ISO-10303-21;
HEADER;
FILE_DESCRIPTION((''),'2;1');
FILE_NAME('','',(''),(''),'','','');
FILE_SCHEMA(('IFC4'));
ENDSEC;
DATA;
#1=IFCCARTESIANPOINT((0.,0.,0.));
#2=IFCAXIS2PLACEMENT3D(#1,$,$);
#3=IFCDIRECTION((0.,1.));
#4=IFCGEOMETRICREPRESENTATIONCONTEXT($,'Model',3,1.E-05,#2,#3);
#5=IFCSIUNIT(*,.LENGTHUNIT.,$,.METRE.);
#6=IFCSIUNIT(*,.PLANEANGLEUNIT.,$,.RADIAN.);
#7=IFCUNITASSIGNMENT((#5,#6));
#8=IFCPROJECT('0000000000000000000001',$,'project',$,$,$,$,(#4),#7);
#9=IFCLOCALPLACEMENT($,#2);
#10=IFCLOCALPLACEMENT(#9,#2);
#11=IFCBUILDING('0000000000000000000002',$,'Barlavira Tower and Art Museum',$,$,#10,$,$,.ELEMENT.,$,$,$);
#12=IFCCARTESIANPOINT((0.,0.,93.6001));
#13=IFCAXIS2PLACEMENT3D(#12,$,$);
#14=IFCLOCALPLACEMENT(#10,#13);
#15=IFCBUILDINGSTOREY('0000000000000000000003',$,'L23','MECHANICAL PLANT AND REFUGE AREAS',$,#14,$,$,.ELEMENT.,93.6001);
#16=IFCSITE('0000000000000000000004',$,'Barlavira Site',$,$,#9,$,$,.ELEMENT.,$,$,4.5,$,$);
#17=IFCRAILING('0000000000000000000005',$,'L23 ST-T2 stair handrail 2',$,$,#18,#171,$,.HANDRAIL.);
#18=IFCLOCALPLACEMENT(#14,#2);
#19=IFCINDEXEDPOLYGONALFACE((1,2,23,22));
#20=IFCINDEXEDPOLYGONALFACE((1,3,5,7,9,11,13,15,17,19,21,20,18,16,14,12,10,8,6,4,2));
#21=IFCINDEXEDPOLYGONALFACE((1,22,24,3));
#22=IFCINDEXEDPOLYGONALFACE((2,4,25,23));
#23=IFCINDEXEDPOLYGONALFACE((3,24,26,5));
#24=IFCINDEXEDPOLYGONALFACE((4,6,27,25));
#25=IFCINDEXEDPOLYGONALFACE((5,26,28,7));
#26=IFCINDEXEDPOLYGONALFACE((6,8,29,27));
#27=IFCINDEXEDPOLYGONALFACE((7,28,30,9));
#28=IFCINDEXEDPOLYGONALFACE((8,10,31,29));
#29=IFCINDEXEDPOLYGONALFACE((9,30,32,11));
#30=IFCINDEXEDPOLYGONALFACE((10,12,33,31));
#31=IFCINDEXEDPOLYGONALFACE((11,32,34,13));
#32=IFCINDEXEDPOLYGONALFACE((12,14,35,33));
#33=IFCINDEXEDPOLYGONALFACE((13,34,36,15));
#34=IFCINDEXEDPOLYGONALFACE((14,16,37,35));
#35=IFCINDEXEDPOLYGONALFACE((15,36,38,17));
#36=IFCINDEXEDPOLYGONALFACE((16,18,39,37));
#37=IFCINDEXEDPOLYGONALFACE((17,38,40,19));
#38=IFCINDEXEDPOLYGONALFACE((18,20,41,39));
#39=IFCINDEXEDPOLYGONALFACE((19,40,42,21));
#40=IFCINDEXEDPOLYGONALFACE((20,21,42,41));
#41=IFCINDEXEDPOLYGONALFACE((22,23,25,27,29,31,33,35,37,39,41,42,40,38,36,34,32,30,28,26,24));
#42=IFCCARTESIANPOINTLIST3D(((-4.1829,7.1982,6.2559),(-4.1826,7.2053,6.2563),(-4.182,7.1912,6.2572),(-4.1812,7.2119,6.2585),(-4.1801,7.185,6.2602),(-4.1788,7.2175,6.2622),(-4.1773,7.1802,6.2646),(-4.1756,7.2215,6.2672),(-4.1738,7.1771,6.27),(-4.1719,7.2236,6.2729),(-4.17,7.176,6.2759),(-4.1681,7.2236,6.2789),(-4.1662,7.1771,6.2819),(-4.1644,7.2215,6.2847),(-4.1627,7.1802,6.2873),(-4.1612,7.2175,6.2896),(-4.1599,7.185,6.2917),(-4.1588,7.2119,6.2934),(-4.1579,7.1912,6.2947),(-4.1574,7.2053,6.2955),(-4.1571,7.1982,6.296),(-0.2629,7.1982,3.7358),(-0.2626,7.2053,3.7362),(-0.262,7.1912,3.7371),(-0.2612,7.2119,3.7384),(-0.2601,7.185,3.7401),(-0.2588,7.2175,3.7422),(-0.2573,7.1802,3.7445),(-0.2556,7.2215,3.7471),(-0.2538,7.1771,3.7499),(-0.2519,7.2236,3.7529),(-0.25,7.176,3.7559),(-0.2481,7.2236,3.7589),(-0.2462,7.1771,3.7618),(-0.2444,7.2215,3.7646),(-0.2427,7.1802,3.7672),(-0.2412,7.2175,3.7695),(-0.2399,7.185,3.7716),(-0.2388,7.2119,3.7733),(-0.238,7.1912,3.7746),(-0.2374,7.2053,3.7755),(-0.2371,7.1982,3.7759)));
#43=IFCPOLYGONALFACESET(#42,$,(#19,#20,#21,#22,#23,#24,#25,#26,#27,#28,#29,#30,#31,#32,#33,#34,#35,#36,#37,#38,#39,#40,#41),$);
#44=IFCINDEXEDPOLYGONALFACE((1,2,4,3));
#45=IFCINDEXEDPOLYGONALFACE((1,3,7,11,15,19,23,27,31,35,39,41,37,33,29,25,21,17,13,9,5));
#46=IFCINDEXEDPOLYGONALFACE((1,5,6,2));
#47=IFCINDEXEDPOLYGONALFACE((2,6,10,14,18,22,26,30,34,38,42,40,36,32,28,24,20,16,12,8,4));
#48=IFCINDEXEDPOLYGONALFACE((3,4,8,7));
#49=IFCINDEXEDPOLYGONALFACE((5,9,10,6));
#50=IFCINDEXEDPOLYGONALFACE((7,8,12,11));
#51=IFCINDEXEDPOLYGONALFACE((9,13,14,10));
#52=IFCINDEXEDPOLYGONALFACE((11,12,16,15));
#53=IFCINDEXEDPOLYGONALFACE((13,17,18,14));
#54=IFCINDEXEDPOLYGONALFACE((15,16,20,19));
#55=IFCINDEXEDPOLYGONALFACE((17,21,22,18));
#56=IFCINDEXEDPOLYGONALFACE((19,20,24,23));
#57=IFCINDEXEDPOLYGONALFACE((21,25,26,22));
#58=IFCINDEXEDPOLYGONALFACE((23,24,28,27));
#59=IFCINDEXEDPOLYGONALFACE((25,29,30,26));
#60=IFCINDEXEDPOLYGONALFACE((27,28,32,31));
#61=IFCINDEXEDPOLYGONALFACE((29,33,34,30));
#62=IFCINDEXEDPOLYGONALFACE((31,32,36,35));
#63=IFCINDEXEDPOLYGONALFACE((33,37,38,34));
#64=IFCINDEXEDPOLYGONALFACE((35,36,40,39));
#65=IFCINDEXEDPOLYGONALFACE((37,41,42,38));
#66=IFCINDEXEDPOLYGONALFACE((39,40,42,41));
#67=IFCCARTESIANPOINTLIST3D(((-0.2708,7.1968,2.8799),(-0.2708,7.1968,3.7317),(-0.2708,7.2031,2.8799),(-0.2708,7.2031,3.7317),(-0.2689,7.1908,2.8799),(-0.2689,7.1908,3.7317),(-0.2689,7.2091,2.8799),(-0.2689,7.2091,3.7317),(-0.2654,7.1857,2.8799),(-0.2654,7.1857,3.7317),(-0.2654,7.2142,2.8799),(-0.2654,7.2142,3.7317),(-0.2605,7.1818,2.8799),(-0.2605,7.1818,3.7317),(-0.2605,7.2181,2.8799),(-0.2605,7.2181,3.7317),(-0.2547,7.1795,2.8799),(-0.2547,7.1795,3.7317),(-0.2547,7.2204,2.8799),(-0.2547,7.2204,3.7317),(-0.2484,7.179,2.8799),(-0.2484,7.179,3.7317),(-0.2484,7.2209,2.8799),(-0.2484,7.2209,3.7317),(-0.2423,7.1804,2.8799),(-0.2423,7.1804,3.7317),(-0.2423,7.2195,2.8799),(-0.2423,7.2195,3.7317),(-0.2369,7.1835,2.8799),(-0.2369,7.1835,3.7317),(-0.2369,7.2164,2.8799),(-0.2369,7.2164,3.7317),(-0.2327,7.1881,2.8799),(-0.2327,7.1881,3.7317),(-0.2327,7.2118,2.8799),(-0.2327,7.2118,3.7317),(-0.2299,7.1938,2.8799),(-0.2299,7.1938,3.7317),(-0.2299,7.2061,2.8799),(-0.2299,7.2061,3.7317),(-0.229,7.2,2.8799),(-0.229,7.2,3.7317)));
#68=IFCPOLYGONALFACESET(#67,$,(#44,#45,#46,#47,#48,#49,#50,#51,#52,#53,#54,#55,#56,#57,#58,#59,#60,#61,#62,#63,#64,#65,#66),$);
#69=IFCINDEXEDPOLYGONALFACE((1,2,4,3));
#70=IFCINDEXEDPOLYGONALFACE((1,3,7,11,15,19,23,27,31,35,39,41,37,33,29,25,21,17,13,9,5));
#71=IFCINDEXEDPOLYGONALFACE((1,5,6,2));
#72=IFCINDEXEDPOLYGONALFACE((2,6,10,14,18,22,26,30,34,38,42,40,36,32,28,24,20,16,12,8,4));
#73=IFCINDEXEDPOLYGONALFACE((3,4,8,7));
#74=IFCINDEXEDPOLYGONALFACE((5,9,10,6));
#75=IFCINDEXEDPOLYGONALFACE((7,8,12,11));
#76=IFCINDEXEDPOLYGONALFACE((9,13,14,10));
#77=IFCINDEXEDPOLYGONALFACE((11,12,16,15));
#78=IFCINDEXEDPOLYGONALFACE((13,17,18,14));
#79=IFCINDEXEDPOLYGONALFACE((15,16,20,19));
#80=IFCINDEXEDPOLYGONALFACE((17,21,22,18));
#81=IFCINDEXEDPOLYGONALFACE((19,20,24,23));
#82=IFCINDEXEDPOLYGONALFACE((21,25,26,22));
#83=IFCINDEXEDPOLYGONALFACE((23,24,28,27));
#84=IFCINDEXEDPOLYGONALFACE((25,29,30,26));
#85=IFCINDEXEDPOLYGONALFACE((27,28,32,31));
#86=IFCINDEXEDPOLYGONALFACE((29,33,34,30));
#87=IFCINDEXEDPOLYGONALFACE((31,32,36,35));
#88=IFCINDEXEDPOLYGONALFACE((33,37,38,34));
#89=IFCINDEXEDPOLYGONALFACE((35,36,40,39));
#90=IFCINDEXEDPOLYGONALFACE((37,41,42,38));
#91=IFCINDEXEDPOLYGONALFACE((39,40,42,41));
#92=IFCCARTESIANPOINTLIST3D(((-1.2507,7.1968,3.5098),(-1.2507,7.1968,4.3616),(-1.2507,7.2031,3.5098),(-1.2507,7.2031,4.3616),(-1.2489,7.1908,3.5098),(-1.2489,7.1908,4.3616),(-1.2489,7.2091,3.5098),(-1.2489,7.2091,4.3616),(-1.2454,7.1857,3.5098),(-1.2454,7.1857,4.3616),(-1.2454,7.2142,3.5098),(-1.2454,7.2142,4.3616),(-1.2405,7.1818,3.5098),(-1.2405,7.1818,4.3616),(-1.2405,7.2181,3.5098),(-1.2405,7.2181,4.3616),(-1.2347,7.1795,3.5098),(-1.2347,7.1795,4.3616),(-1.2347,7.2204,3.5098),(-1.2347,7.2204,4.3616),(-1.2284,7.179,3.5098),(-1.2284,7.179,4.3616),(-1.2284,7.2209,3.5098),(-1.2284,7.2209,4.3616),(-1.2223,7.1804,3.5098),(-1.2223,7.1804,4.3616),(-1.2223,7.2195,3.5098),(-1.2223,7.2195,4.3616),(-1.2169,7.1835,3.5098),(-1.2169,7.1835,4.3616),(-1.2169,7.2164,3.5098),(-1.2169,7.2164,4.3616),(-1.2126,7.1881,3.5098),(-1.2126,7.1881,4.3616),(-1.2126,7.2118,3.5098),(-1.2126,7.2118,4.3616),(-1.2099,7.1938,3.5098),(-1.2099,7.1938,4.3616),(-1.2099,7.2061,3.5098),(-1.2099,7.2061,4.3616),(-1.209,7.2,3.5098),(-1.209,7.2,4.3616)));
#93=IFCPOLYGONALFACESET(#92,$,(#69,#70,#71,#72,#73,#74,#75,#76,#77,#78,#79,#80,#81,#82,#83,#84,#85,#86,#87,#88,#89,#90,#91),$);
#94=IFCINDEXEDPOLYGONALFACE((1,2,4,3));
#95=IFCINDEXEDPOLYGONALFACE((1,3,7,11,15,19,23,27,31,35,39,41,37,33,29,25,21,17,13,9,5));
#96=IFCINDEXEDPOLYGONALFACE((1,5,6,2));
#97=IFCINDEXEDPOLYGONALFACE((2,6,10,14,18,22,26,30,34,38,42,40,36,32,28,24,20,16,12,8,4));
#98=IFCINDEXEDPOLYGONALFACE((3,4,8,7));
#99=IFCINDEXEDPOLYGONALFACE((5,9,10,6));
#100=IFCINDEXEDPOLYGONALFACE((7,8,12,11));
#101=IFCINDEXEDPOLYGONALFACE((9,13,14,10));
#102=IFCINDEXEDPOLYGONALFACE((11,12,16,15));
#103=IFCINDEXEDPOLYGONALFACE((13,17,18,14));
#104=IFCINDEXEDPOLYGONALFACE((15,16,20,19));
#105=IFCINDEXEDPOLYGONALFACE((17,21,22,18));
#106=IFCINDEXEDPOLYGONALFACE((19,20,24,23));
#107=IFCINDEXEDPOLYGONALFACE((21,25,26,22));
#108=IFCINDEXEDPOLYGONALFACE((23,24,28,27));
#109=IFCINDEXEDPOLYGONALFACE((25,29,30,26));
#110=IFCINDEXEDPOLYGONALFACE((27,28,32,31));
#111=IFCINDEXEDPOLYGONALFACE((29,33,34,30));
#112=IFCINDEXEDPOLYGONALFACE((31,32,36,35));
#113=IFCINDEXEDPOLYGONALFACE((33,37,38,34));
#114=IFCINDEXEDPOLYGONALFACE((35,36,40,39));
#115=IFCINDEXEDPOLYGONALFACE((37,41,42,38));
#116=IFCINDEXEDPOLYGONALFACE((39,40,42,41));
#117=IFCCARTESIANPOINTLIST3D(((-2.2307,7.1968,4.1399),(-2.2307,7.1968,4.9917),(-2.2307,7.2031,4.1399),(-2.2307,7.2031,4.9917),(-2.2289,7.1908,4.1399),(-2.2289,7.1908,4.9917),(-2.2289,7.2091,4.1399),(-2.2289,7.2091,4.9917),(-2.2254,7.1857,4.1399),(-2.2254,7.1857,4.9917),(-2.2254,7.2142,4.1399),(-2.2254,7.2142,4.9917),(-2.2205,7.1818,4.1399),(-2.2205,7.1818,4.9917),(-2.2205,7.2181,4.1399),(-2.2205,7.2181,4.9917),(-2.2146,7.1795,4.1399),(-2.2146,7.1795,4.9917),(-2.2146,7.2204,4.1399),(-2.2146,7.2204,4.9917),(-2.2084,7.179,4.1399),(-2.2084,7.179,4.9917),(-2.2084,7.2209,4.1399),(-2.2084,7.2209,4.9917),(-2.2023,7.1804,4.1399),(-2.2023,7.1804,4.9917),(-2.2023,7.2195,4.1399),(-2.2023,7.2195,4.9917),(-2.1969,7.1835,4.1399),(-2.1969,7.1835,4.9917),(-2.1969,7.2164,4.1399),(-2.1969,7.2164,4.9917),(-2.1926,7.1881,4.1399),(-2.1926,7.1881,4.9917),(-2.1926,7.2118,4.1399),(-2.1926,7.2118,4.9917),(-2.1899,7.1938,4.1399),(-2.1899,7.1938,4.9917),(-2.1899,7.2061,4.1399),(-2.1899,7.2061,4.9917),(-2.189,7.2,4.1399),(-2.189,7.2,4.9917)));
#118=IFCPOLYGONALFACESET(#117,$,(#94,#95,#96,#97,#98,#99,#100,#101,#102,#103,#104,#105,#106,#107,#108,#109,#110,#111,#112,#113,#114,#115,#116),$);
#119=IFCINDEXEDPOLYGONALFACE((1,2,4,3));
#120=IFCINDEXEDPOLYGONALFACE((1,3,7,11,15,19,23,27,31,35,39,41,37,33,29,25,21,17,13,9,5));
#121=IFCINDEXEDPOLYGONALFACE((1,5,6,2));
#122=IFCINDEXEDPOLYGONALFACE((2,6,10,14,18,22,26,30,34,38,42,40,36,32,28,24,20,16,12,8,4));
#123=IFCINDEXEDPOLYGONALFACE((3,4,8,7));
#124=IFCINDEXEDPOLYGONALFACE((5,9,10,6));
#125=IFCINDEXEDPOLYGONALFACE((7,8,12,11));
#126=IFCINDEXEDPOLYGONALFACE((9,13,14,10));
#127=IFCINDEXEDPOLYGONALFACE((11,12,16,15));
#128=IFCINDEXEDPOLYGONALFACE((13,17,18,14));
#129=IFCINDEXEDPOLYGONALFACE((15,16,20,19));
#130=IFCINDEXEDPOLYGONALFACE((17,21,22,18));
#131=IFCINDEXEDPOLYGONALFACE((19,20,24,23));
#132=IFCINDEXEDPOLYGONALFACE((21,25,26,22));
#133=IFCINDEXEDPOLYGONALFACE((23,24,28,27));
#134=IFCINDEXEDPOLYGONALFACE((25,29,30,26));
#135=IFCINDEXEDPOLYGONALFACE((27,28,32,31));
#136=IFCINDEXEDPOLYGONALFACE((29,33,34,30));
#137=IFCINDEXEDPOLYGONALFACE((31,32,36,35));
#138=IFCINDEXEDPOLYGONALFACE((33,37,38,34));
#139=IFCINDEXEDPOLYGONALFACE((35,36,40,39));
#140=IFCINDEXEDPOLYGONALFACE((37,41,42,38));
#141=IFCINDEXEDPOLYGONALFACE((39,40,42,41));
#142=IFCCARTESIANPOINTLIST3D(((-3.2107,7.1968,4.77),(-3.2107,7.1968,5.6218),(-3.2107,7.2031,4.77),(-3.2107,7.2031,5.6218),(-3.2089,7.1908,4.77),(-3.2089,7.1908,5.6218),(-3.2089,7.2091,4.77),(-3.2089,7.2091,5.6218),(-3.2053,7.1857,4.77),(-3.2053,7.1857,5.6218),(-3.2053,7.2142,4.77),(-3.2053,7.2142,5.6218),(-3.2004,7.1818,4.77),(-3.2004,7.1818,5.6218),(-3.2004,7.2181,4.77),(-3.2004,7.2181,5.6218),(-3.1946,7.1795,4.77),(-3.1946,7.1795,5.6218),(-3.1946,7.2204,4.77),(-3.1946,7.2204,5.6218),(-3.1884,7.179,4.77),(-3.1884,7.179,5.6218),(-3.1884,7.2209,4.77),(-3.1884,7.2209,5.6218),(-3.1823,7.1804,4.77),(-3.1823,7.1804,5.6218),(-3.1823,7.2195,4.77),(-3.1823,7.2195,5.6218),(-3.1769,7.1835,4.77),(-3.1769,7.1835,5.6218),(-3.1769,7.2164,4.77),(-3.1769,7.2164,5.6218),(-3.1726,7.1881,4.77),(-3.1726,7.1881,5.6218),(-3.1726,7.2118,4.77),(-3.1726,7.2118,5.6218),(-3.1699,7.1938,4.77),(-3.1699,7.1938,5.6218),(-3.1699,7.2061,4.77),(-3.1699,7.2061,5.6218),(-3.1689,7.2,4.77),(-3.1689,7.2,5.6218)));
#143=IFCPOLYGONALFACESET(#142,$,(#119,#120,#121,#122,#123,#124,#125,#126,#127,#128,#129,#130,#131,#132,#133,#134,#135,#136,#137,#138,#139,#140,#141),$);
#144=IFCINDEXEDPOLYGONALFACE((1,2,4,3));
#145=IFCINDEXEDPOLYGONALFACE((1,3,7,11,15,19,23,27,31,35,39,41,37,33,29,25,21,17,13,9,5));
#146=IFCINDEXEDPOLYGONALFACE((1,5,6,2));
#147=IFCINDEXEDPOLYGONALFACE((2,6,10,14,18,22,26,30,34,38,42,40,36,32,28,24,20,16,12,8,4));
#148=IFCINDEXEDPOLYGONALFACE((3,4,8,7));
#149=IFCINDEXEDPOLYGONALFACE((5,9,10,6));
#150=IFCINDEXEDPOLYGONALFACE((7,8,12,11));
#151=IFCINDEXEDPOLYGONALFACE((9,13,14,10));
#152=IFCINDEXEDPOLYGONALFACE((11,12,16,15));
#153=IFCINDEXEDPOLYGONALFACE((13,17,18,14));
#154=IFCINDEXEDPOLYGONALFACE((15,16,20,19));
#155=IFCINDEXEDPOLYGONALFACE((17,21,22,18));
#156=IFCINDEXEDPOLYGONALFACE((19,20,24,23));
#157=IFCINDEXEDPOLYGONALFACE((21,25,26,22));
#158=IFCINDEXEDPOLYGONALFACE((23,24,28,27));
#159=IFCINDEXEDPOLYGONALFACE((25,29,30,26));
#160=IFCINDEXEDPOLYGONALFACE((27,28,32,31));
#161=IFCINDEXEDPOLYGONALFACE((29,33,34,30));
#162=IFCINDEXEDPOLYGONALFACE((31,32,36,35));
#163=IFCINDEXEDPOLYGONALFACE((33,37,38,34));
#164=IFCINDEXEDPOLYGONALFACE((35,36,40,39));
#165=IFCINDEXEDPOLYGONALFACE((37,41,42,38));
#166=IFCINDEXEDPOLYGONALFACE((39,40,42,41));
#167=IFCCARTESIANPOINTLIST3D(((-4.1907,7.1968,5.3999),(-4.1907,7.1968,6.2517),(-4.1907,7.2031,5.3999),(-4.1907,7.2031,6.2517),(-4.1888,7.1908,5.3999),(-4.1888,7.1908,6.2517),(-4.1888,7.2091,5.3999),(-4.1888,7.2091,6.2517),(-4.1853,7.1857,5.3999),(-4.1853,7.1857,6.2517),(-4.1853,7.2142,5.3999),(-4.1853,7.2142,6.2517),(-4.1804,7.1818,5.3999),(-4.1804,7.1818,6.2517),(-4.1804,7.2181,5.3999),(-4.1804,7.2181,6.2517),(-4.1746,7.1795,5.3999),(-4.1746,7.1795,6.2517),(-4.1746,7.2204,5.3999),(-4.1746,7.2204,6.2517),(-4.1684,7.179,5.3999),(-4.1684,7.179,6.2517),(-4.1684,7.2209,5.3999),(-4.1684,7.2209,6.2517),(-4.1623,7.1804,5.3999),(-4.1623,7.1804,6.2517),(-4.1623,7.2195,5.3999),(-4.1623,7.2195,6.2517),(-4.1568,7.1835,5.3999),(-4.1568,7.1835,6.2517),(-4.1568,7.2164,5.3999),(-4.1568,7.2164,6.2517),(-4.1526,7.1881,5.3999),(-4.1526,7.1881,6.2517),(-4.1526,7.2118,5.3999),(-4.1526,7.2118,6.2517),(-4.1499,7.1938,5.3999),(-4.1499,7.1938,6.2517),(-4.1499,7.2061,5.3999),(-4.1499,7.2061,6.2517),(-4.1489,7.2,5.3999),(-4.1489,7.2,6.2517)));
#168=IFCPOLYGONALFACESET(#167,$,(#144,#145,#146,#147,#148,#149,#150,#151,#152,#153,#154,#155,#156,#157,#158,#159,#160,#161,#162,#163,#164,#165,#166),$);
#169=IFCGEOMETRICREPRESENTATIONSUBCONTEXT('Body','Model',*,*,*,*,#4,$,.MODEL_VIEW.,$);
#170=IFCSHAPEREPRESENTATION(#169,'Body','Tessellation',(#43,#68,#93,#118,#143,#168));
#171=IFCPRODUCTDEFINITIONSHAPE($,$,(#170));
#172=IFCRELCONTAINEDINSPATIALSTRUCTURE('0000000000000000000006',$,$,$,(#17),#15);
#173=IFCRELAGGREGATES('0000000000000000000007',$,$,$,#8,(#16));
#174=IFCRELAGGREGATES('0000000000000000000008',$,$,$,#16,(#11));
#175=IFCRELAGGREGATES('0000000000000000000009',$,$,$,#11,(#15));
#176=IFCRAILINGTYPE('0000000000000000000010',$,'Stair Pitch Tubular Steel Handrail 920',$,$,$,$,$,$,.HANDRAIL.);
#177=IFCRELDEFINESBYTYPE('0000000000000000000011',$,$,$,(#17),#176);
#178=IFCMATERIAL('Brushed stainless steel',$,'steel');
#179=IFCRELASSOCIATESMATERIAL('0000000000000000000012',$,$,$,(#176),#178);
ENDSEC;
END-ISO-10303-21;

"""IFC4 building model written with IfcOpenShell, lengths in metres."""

from ifc_helpers import new_model, si_unit, direction, frame, origin, origin_2d, place, context, subcontext, project, spatial, circle, extrude, material, type_object, element, save


model = new_model("IFC4")

# Units and contexts
model_context = context("Model", 3, precision=1e-05, world=origin(), true_north=direction((0.0, 1.0)))
body_context = subcontext(model_context, "Body", "Model", "MODEL_VIEW")
ifc_project = project(units=[si_unit("LENGTHUNIT", "METRE"), si_unit("PLANEANGLEUNIT", "RADIAN")], contexts=[model_context])

# Site, building, storey
site_placement = place(None, origin())
site = spatial("IfcSite", under=ifc_project, at=site_placement, Name="Barlavira Site", CompositionType="ELEMENT", RefElevation=4.5)
building_placement = place(site_placement, origin())
building = spatial("IfcBuilding", under=site, at=building_placement, Name="Barlavira Tower and Art Museum", CompositionType="ELEMENT")
storey_placement = place(building_placement, frame((0.0, 0.0, 93.6001)))
storey = spatial("IfcBuildingStorey", under=building, at=storey_placement, Name="L23", Description="MECHANICAL PLANT AND REFUGE AREAS", CompositionType="ELEMENT", Elevation=93.6001)

# Shared definitions
ifc_material_1 = material(Name="Brushed stainless steel", Category="steel")

# Railing
railing_type_1 = type_object("IfcRailingType", Name="Stair Pitch Tubular Steel Handrail 920", PredefinedType="HANDRAIL", material=ifc_material_1)
railing_1_placement = place(storey_placement, frame((-0.25, 7.2, 2.8799)))
element("IfcRailing", 1, at=railing_1_placement, inside=storey, type_object=railing_type_1, Name="L23 ST-T2 stair handrail 2", PredefinedType="HANDRAIL", context=body_context, shape_type="SweptSolid", body=[
    extrude(circle(Radius=0.0239, at=origin_2d()), frame((0.0, 0.0, 0.876), z_axis=(-0.841172, 0.0, 0.540768), x_axis=(0.0, -1.0, 0.0)), (0.0, 0.0, 1.0), 4.6602),
    extrude(circle(Radius=0.021, at=origin_2d()), origin(), (0.0, 0.0, 1.0), 0.8518),
    extrude(circle(Radius=0.021, at=origin_2d()), frame((-0.98, 0.0, 0.6299)), (0.0, 0.0, 1.0), 0.8518),
    extrude(circle(Radius=0.021, at=origin_2d()), frame((-1.96, 0.0, 1.26)), (0.0, 0.0, 1.0), 0.8518),
    extrude(circle(Radius=0.021, at=origin_2d()), frame((-2.9399, 0.0, 1.8901)), (0.0, 0.0, 1.0), 0.8518),
    extrude(circle(Radius=0.021, at=origin_2d()), frame((-3.9199, 0.0, 2.52)), (0.0, 0.0, 1.0), 0.8518),
])

save(model, "model.ifc")
